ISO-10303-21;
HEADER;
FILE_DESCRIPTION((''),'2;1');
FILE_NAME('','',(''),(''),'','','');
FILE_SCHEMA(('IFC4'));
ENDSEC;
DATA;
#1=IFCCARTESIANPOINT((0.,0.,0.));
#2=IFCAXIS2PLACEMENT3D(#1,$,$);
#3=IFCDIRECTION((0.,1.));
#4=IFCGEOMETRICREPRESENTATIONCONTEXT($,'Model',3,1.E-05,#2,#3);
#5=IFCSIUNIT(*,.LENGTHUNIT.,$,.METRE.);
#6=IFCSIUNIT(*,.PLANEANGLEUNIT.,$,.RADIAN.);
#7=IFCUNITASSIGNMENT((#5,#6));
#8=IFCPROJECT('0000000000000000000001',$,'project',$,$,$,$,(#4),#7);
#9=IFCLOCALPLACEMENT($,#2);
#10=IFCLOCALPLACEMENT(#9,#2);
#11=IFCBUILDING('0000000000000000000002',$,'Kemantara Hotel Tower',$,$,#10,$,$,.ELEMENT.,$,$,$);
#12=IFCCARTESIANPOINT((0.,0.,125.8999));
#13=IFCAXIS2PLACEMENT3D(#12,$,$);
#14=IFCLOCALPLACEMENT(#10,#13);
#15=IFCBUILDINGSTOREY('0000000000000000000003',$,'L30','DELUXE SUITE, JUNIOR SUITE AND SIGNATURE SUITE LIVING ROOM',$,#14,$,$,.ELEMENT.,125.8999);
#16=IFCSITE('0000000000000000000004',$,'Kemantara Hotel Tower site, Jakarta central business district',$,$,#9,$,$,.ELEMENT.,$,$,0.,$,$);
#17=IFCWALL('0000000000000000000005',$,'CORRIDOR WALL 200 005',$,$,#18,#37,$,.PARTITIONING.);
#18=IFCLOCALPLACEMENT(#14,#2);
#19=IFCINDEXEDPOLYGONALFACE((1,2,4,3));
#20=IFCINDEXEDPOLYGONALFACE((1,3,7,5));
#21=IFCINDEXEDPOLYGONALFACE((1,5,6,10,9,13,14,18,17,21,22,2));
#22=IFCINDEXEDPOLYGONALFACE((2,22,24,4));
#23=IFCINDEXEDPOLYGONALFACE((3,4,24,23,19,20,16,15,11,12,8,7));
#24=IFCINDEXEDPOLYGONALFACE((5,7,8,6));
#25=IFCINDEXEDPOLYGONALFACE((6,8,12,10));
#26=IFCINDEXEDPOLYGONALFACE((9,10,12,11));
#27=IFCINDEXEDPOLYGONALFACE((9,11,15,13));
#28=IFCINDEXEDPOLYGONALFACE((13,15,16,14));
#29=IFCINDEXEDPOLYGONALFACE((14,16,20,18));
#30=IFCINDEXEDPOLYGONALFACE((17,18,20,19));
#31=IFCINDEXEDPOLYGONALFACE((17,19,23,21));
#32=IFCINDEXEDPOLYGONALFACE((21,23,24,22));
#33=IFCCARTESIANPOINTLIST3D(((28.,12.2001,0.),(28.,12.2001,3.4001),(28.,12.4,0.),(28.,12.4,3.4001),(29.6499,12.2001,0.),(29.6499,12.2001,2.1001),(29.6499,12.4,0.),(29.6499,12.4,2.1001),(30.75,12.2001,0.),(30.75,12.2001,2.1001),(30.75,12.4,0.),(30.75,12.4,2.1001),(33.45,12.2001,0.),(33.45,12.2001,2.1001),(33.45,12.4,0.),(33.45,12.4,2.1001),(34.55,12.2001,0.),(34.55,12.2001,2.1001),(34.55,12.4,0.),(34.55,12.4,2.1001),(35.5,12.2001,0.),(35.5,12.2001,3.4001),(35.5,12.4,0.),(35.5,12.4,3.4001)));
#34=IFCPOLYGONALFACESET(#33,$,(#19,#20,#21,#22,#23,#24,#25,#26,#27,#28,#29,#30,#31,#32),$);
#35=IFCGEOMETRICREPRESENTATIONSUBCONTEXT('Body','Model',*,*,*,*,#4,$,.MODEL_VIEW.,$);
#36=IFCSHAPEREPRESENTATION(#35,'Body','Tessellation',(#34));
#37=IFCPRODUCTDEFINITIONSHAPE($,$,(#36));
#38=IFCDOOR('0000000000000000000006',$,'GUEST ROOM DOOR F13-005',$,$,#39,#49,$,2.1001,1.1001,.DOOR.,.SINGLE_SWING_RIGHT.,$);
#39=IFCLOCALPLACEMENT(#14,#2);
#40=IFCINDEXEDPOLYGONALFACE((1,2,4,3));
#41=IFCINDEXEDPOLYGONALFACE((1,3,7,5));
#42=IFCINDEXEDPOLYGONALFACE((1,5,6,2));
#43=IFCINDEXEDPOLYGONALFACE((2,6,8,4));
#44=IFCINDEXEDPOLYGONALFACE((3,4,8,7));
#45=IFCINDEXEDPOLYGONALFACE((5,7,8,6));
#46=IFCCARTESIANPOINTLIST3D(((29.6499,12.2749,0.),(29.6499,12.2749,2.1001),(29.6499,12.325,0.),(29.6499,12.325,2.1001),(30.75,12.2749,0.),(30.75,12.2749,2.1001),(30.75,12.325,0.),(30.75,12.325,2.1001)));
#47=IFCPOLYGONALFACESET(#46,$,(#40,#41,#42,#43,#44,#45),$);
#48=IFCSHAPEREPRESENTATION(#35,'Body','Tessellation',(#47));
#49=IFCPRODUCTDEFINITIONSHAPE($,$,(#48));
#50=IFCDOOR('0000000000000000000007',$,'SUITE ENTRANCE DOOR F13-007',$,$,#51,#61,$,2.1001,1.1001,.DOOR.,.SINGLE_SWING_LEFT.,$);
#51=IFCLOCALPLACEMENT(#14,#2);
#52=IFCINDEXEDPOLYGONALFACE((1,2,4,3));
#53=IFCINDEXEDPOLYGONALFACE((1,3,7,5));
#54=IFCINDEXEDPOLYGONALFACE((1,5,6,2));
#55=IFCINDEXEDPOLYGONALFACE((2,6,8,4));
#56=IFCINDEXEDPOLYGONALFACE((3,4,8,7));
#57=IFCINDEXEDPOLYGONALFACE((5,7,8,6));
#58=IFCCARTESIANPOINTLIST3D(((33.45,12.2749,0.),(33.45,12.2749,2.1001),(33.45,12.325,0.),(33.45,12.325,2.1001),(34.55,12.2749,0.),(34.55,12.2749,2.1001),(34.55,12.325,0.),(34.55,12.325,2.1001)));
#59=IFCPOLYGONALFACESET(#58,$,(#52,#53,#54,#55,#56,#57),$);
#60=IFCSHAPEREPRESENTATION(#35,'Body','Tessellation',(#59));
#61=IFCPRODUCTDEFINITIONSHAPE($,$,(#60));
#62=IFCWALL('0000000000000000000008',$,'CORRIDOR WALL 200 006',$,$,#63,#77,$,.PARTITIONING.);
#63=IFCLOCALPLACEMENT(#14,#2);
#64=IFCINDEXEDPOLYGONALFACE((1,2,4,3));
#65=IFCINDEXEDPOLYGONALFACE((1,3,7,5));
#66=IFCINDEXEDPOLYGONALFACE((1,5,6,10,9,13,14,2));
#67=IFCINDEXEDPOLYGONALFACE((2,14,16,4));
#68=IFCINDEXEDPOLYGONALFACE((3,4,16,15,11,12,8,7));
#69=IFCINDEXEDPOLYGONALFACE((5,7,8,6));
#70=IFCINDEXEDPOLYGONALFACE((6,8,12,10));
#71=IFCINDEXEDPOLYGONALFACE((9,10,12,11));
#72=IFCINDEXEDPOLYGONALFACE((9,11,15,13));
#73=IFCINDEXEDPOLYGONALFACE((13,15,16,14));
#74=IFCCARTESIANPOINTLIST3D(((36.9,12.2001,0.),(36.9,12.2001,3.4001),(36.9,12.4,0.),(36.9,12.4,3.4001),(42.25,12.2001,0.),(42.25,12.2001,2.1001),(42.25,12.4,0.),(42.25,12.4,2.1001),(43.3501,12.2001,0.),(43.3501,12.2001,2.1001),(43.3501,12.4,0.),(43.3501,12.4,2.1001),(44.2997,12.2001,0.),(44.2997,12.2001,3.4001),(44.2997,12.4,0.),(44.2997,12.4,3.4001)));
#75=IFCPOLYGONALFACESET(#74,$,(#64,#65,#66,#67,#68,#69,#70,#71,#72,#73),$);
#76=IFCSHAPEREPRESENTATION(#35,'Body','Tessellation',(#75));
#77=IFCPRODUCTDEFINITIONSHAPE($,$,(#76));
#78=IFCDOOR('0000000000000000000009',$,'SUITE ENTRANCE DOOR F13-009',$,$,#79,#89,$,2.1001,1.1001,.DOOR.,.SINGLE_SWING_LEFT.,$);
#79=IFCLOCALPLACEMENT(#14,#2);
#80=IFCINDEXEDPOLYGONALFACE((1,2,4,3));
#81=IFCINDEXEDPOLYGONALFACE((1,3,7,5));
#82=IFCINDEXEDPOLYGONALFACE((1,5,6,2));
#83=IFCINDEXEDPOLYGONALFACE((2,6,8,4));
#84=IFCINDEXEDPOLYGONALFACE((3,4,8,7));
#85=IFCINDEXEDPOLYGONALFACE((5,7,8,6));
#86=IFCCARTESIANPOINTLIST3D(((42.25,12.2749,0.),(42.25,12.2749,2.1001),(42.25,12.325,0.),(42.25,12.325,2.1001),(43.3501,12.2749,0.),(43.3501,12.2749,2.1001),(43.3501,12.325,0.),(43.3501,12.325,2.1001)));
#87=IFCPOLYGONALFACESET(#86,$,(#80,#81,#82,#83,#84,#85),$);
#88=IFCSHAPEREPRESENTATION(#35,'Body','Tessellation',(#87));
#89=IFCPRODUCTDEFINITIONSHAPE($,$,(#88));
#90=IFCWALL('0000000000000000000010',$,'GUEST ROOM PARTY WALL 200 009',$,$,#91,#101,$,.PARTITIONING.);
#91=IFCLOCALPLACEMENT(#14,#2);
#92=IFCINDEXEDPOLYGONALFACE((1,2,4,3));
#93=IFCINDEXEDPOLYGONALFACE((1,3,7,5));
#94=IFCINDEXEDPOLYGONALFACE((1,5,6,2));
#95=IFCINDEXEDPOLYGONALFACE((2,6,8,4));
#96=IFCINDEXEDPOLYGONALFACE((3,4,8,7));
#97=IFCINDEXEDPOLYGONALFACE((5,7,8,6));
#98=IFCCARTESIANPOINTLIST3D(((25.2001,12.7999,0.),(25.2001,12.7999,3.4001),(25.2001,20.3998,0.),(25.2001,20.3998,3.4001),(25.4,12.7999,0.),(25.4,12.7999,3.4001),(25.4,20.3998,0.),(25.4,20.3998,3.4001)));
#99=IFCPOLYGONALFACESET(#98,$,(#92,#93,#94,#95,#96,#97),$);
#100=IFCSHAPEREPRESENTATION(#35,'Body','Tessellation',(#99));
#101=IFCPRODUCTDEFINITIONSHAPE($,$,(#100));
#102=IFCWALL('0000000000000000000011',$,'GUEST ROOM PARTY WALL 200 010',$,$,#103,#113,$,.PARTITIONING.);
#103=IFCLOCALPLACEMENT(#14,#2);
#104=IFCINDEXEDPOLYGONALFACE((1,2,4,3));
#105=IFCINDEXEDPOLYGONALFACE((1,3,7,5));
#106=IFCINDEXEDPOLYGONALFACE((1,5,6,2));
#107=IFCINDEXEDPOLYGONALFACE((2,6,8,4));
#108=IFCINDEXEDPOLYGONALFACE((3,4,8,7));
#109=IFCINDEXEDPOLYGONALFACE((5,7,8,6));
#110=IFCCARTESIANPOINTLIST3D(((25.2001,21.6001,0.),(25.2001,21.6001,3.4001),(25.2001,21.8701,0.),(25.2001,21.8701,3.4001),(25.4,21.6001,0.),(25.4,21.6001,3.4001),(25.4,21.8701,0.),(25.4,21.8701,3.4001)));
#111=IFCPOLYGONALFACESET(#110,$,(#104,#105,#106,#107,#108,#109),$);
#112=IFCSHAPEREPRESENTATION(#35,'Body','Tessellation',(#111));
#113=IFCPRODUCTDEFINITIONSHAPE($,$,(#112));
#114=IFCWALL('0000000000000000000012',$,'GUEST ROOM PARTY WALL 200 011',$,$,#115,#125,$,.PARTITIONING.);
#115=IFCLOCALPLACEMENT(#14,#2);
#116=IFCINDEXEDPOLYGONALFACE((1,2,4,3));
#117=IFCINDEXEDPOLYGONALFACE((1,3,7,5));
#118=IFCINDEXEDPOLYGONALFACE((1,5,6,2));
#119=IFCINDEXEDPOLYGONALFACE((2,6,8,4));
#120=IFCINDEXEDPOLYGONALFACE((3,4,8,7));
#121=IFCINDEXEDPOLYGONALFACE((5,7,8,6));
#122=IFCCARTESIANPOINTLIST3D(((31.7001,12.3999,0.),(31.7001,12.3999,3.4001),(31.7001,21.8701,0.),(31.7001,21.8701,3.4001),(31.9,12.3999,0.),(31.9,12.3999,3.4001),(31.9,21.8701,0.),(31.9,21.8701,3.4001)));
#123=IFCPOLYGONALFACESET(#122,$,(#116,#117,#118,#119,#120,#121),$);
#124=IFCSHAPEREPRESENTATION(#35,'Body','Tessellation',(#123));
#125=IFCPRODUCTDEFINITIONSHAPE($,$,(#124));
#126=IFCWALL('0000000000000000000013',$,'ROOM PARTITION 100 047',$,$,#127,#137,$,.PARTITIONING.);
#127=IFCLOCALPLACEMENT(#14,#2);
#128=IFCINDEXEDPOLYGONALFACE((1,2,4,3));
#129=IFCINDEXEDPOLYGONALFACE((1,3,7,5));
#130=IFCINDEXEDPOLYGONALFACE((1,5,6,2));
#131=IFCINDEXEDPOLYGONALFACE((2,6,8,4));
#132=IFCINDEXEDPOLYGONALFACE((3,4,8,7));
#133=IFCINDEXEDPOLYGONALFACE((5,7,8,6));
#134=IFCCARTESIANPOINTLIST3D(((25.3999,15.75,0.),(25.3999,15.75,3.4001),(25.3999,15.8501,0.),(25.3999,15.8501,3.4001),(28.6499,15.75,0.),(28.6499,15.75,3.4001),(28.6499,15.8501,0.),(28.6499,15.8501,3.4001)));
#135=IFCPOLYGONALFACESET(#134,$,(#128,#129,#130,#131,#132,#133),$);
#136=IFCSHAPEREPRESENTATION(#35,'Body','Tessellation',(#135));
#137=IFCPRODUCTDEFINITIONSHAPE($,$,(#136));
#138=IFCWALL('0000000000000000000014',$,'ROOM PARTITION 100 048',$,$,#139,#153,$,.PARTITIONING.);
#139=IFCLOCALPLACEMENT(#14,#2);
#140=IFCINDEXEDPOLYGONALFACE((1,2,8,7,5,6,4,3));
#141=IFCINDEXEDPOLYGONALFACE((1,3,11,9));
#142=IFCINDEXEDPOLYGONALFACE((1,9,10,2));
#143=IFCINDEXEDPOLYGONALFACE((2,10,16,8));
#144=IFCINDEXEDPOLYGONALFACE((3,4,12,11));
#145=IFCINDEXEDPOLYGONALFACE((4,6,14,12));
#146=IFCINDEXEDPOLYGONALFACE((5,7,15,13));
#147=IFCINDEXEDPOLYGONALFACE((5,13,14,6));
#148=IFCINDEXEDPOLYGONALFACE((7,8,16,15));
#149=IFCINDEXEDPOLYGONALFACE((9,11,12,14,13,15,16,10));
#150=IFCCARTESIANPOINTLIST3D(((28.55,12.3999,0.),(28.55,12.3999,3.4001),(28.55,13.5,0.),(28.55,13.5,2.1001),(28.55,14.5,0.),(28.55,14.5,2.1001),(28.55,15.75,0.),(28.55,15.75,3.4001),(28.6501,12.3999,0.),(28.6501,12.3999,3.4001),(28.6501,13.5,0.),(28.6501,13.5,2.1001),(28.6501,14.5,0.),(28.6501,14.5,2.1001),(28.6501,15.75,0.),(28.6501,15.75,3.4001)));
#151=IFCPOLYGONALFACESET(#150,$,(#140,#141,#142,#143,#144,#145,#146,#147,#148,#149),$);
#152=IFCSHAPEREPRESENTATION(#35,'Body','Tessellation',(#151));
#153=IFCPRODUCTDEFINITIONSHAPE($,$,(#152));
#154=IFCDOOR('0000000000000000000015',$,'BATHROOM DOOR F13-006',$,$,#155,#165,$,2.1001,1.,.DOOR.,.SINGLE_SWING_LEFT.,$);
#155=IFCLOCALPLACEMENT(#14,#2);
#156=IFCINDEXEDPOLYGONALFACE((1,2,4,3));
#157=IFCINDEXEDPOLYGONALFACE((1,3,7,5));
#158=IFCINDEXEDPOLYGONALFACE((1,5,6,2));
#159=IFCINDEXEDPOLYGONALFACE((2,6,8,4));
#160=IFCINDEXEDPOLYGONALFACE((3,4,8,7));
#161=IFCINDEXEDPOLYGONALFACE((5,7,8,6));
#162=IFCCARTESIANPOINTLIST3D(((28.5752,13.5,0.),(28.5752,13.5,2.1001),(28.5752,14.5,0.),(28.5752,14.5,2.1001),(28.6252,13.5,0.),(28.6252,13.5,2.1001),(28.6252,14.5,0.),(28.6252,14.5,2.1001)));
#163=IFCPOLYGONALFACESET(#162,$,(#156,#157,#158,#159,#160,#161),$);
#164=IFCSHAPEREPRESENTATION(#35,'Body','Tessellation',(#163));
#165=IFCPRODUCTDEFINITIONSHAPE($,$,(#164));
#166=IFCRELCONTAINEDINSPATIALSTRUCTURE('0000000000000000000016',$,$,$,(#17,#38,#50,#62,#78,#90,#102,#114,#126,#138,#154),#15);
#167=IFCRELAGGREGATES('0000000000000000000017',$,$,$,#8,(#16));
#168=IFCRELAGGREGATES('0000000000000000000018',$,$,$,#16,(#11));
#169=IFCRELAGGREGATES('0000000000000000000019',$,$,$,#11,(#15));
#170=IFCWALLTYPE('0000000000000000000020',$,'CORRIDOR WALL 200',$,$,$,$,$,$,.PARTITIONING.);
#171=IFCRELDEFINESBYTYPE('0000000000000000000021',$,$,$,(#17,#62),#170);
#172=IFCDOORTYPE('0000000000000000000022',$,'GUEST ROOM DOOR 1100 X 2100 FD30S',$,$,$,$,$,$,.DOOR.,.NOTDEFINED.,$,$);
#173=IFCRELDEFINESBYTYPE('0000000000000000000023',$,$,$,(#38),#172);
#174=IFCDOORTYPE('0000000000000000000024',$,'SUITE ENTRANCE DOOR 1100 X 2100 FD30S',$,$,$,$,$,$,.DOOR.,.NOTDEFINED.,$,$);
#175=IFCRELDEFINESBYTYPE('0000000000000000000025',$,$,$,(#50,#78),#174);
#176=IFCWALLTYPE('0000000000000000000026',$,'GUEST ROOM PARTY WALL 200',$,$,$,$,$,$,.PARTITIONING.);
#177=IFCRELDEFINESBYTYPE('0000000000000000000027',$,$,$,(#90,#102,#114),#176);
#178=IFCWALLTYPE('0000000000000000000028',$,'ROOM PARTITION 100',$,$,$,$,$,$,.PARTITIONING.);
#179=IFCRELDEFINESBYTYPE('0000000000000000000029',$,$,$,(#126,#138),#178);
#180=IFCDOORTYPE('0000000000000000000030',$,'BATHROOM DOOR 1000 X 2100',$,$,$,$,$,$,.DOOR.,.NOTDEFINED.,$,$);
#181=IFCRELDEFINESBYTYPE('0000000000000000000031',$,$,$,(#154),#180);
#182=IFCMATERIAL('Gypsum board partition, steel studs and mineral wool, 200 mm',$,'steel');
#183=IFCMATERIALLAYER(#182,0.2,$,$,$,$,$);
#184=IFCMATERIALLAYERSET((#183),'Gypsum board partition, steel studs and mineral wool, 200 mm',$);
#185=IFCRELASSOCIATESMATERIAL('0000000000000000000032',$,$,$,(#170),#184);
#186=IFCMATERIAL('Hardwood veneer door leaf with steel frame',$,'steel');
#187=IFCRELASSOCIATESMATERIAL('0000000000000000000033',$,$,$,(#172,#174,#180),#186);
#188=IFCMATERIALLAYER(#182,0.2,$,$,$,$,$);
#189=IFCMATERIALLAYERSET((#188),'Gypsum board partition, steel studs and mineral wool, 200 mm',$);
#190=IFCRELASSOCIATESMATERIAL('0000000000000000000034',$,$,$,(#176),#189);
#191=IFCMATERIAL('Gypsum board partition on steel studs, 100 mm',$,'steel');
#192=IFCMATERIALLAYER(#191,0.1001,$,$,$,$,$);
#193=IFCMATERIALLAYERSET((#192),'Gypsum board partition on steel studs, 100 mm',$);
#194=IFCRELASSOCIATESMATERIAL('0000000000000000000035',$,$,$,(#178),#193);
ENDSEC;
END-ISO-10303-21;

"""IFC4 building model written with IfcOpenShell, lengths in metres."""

from ifc_helpers import new_model, si_unit, direction, frame, frame_2d, origin, place, context, subcontext, project, spatial, rectangle, extrude, material, layer, layer_set, type_object, element, fill, save


model = new_model("IFC4")

# Units and contexts
model_context = context("Model", 3, precision=1e-05, world=origin(), true_north=direction((0.0, 1.0)))
body_context = subcontext(model_context, "Body", "Model", "MODEL_VIEW")
ifc_project = project(units=[si_unit("LENGTHUNIT", "METRE"), si_unit("PLANEANGLEUNIT", "RADIAN")], contexts=[model_context])

# Site, building, storey
site_placement = place(None, origin())
site = spatial("IfcSite", under=ifc_project, at=site_placement, Name="Kemantara Hotel Tower site, Jakarta central business district", CompositionType="ELEMENT", RefElevation=0.0)
building_placement = place(site_placement, origin())
building = spatial("IfcBuilding", under=site, at=building_placement, Name="Kemantara Hotel Tower", CompositionType="ELEMENT")
storey_placement = place(building_placement, frame((0.0, 0.0, 125.8999)))
storey = spatial("IfcBuildingStorey", under=building, at=storey_placement, Name="L30", Description="DELUXE SUITE, JUNIOR SUITE AND SIGNATURE SUITE LIVING ROOM", CompositionType="ELEMENT", Elevation=125.8999)

# Shared definitions
ifc_material_1 = material(Name="Gypsum board partition, steel studs and mineral wool, 200 mm", Category="steel")
ifc_layer_1 = layer(ifc_material_1, 0.2)
ifc_layer_set_1 = layer_set([ifc_layer_1], Name="Gypsum board partition, steel studs and mineral wool, 200 mm")
wall_type_1 = type_object("IfcWallType", Name="CORRIDOR WALL 200", PredefinedType="PARTITIONING", material=ifc_layer_set_1)

# Wall, openings, doors
wall_1_placement = place(storey_placement, frame((28.0, 12.3, 0.0), z_axis=(0.0, 0.0, 1.0), x_axis=(1.0, 0.0, 0.0)))
wall_1 = element("IfcWall", 1, at=wall_1_placement, inside=storey, type_object=wall_type_1, Name="CORRIDOR WALL 200 005", PredefinedType="PARTITIONING", context=body_context, shape_type="SweptSolid", body=[
    extrude(rectangle(XDim=7.5, YDim=0.2, at=frame_2d((3.75, 0.0))), origin(), (0.0, 0.0, 1.0), 3.4001),
])
opening_1_placement = place(wall_1_placement, frame((1.6499, 0.0, 0.0)))
opening_1 = element("IfcOpeningElement", 2, at=opening_1_placement, cuts=wall_1, PredefinedType="OPENING", context=body_context, shape_type="SweptSolid", body=[
    extrude(rectangle(XDim=1.1001, YDim=2.1001, at=frame_2d((0.55, 1.05))), frame((0.0, 0.1099, 0.0), z_axis=(0.0, -1.0, 0.0), x_axis=(1.0, 0.0, 0.0)), (0.0, 0.0, 1.0), 0.22),
])
opening_2_placement = place(wall_1_placement, frame((5.45, 0.0, 0.0)))
opening_2 = element("IfcOpeningElement", 3, at=opening_2_placement, cuts=wall_1, PredefinedType="OPENING", context=body_context, shape_type="SweptSolid", body=[
    extrude(rectangle(XDim=1.1001, YDim=2.1001, at=frame_2d((0.55, 1.05))), frame((0.0, 0.1099, 0.0), z_axis=(0.0, -1.0, 0.0), x_axis=(1.0, 0.0, 0.0)), (0.0, 0.0, 1.0), 0.22),
])
ifc_material_2 = material(Name="Hardwood veneer door leaf with steel frame", Category="steel")
door_type_1 = type_object("IfcDoorType", Name="GUEST ROOM DOOR 1100 X 2100 FD30S", OperationType="NOTDEFINED", PredefinedType="DOOR", material=ifc_material_2)
door_1_placement = place(opening_1_placement, origin())
door_1 = element("IfcDoor", 4, at=door_1_placement, inside=storey, type_object=door_type_1, Name="GUEST ROOM DOOR F13-005", OperationType="SINGLE_SWING_RIGHT", OverallHeight=2.1001, OverallWidth=1.1001, PredefinedType="DOOR", context=body_context, shape_type="SweptSolid", body=[
    extrude(rectangle(XDim=1.1001, YDim=2.1001, at=frame_2d((0.55, 1.05))), frame((0.0, 0.0249, 0.0), z_axis=(0.0, -1.0, 0.0), x_axis=(1.0, 0.0, 0.0)), (0.0, 0.0, 1.0), 0.05),
])
fill(opening_1, door_1)
door_type_2 = type_object("IfcDoorType", Name="SUITE ENTRANCE DOOR 1100 X 2100 FD30S", OperationType="NOTDEFINED", PredefinedType="DOOR", material=ifc_material_2)
door_2_placement = place(opening_2_placement, origin())
door_2 = element("IfcDoor", 5, at=door_2_placement, inside=storey, type_object=door_type_2, Name="SUITE ENTRANCE DOOR F13-007", OperationType="SINGLE_SWING_LEFT", OverallHeight=2.1001, OverallWidth=1.1001, PredefinedType="DOOR", context=body_context, shape_type="SweptSolid", body=[
    extrude(rectangle(XDim=1.1001, YDim=2.1001, at=frame_2d((0.55, 1.05))), frame((0.0, 0.0249, 0.0), z_axis=(0.0, -1.0, 0.0), x_axis=(1.0, 0.0, 0.0)), (0.0, 0.0, 1.0), 0.05),
])
fill(opening_2, door_2)

# Wall, opening, door
wall_2_placement = place(storey_placement, frame((36.9001, 12.3, 0.0), z_axis=(0.0, 0.0, 1.0), x_axis=(1.0, 0.0, 0.0)))
wall_2 = element("IfcWall", 6, at=wall_2_placement, inside=storey, type_object=wall_type_1, Name="CORRIDOR WALL 200 006", PredefinedType="PARTITIONING", context=body_context, shape_type="SweptSolid", body=[
    extrude(rectangle(XDim=7.3997, YDim=0.2, at=frame_2d((3.6997, 0.0))), origin(), (0.0, 0.0, 1.0), 3.4001),
])
opening_3_placement = place(wall_2_placement, frame((5.3499, 0.0, 0.0)))
opening_3 = element("IfcOpeningElement", 7, at=opening_3_placement, cuts=wall_2, PredefinedType="OPENING", context=body_context, shape_type="SweptSolid", body=[
    extrude(rectangle(XDim=1.1001, YDim=2.1001, at=frame_2d((0.55, 1.05))), frame((0.0, 0.1099, 0.0), z_axis=(0.0, -1.0, 0.0), x_axis=(1.0, 0.0, 0.0)), (0.0, 0.0, 1.0), 0.22),
])
door_3_placement = place(opening_3_placement, origin())
door_3 = element("IfcDoor", 8, at=door_3_placement, inside=storey, type_object=door_type_2, Name="SUITE ENTRANCE DOOR F13-009", OperationType="SINGLE_SWING_LEFT", OverallHeight=2.1001, OverallWidth=1.1001, PredefinedType="DOOR", context=body_context, shape_type="SweptSolid", body=[
    extrude(rectangle(XDim=1.1001, YDim=2.1001, at=frame_2d((0.55, 1.05))), frame((0.0, 0.0249, 0.0), z_axis=(0.0, -1.0, 0.0), x_axis=(1.0, 0.0, 0.0)), (0.0, 0.0, 1.0), 0.05),
])
fill(opening_3, door_3)

# Walls
ifc_layer_2 = layer(ifc_material_1, 0.2)
ifc_layer_set_2 = layer_set([ifc_layer_2], Name="Gypsum board partition, steel studs and mineral wool, 200 mm")
wall_type_2 = type_object("IfcWallType", Name="GUEST ROOM PARTY WALL 200", PredefinedType="PARTITIONING", material=ifc_layer_set_2)
wall_3_placement = place(storey_placement, frame((25.3, 12.8, 0.0), z_axis=(0.0, 0.0, 1.0), x_axis=(0.0, 1.0, 0.0)))
element("IfcWall", 9, at=wall_3_placement, inside=storey, type_object=wall_type_2, Name="GUEST ROOM PARTY WALL 200 009", PredefinedType="PARTITIONING", context=body_context, shape_type="SweptSolid", body=[
    extrude(rectangle(XDim=7.5999, YDim=0.2, at=frame_2d((3.7998, 0.0))), origin(), (0.0, 0.0, 1.0), 3.4001),
])
wall_4_placement = place(storey_placement, frame((25.3, 21.6001, 0.0), z_axis=(0.0, 0.0, 1.0), x_axis=(0.0, 1.0, 0.0)))
element("IfcWall", 10, at=wall_4_placement, inside=storey, type_object=wall_type_2, Name="GUEST ROOM PARTY WALL 200 010", PredefinedType="PARTITIONING", context=body_context, shape_type="SweptSolid", body=[
    extrude(rectangle(XDim=0.27, YDim=0.2, at=frame_2d((0.135, 0.0))), origin(), (0.0, 0.0, 1.0), 3.4001),
])
wall_5_placement = place(storey_placement, frame((31.8, 12.3999, 0.0), z_axis=(0.0, 0.0, 1.0), x_axis=(0.0, 1.0, 0.0)))
element("IfcWall", 11, at=wall_5_placement, inside=storey, type_object=wall_type_2, Name="GUEST ROOM PARTY WALL 200 011", PredefinedType="PARTITIONING", context=body_context, shape_type="SweptSolid", body=[
    extrude(rectangle(XDim=9.4702, YDim=0.2, at=frame_2d((4.7351, 0.0))), origin(), (0.0, 0.0, 1.0), 3.4001),
])
ifc_material_3 = material(Name="Gypsum board partition on steel studs, 100 mm", Category="steel")
ifc_layer_3 = layer(ifc_material_3, 0.1001)
ifc_layer_set_3 = layer_set([ifc_layer_3], Name="Gypsum board partition on steel studs, 100 mm")
wall_type_3 = type_object("IfcWallType", Name="ROOM PARTITION 100", PredefinedType="PARTITIONING", material=ifc_layer_set_3)
wall_6_placement = place(storey_placement, frame((25.3999, 15.8, 0.0), z_axis=(0.0, 0.0, 1.0), x_axis=(1.0, 0.0, 0.0)))
element("IfcWall", 12, at=wall_6_placement, inside=storey, type_object=wall_type_3, Name="ROOM PARTITION 100 047", PredefinedType="PARTITIONING", context=body_context, shape_type="SweptSolid", body=[
    extrude(rectangle(XDim=3.25, YDim=0.1001, at=frame_2d((1.625, 0.0))), origin(), (0.0, 0.0, 1.0), 3.4001),
])

# Wall, opening, door
wall_7_placement = place(storey_placement, frame((28.6001, 12.3999, 0.0), z_axis=(0.0, 0.0, 1.0), x_axis=(0.0, 1.0, 0.0)))
wall_7 = element("IfcWall", 13, at=wall_7_placement, inside=storey, type_object=wall_type_3, Name="ROOM PARTITION 100 048", PredefinedType="PARTITIONING", context=body_context, shape_type="SweptSolid", body=[
    extrude(rectangle(XDim=3.3501, YDim=0.1001, at=frame_2d((1.675, 0.0))), origin(), (0.0, 0.0, 1.0), 3.4001),
])
opening_4_placement = place(wall_7_placement, frame((1.1001, 0.0, 0.0)))
opening_4 = element("IfcOpeningElement", 14, at=opening_4_placement, cuts=wall_7, PredefinedType="OPENING", context=body_context, shape_type="SweptSolid", body=[
    extrude(rectangle(XDim=1.0, YDim=2.1001, at=frame_2d((0.5, 1.05))), frame((0.0, 0.0601, 0.0), z_axis=(0.0, -1.0, 0.0), x_axis=(1.0, 0.0, 0.0)), (0.0, 0.0, 1.0), 0.1201),
])
door_type_3 = type_object("IfcDoorType", Name="BATHROOM DOOR 1000 X 2100", OperationType="NOTDEFINED", PredefinedType="DOOR", material=ifc_material_2)
door_4_placement = place(opening_4_placement, origin())
door_4 = element("IfcDoor", 15, at=door_4_placement, inside=storey, type_object=door_type_3, Name="BATHROOM DOOR F13-006", OperationType="SINGLE_SWING_LEFT", OverallHeight=2.1001, OverallWidth=1.0, PredefinedType="DOOR", context=body_context, shape_type="SweptSolid", body=[
    extrude(rectangle(XDim=1.0, YDim=2.1001, at=frame_2d((0.5, 1.05))), frame((0.0, 0.0249, 0.0), z_axis=(0.0, -1.0, 0.0), x_axis=(1.0, 0.0, 0.0)), (0.0, 0.0, 1.0), 0.05),
])
fill(opening_4, door_4)

save(model, "model.ifc")
